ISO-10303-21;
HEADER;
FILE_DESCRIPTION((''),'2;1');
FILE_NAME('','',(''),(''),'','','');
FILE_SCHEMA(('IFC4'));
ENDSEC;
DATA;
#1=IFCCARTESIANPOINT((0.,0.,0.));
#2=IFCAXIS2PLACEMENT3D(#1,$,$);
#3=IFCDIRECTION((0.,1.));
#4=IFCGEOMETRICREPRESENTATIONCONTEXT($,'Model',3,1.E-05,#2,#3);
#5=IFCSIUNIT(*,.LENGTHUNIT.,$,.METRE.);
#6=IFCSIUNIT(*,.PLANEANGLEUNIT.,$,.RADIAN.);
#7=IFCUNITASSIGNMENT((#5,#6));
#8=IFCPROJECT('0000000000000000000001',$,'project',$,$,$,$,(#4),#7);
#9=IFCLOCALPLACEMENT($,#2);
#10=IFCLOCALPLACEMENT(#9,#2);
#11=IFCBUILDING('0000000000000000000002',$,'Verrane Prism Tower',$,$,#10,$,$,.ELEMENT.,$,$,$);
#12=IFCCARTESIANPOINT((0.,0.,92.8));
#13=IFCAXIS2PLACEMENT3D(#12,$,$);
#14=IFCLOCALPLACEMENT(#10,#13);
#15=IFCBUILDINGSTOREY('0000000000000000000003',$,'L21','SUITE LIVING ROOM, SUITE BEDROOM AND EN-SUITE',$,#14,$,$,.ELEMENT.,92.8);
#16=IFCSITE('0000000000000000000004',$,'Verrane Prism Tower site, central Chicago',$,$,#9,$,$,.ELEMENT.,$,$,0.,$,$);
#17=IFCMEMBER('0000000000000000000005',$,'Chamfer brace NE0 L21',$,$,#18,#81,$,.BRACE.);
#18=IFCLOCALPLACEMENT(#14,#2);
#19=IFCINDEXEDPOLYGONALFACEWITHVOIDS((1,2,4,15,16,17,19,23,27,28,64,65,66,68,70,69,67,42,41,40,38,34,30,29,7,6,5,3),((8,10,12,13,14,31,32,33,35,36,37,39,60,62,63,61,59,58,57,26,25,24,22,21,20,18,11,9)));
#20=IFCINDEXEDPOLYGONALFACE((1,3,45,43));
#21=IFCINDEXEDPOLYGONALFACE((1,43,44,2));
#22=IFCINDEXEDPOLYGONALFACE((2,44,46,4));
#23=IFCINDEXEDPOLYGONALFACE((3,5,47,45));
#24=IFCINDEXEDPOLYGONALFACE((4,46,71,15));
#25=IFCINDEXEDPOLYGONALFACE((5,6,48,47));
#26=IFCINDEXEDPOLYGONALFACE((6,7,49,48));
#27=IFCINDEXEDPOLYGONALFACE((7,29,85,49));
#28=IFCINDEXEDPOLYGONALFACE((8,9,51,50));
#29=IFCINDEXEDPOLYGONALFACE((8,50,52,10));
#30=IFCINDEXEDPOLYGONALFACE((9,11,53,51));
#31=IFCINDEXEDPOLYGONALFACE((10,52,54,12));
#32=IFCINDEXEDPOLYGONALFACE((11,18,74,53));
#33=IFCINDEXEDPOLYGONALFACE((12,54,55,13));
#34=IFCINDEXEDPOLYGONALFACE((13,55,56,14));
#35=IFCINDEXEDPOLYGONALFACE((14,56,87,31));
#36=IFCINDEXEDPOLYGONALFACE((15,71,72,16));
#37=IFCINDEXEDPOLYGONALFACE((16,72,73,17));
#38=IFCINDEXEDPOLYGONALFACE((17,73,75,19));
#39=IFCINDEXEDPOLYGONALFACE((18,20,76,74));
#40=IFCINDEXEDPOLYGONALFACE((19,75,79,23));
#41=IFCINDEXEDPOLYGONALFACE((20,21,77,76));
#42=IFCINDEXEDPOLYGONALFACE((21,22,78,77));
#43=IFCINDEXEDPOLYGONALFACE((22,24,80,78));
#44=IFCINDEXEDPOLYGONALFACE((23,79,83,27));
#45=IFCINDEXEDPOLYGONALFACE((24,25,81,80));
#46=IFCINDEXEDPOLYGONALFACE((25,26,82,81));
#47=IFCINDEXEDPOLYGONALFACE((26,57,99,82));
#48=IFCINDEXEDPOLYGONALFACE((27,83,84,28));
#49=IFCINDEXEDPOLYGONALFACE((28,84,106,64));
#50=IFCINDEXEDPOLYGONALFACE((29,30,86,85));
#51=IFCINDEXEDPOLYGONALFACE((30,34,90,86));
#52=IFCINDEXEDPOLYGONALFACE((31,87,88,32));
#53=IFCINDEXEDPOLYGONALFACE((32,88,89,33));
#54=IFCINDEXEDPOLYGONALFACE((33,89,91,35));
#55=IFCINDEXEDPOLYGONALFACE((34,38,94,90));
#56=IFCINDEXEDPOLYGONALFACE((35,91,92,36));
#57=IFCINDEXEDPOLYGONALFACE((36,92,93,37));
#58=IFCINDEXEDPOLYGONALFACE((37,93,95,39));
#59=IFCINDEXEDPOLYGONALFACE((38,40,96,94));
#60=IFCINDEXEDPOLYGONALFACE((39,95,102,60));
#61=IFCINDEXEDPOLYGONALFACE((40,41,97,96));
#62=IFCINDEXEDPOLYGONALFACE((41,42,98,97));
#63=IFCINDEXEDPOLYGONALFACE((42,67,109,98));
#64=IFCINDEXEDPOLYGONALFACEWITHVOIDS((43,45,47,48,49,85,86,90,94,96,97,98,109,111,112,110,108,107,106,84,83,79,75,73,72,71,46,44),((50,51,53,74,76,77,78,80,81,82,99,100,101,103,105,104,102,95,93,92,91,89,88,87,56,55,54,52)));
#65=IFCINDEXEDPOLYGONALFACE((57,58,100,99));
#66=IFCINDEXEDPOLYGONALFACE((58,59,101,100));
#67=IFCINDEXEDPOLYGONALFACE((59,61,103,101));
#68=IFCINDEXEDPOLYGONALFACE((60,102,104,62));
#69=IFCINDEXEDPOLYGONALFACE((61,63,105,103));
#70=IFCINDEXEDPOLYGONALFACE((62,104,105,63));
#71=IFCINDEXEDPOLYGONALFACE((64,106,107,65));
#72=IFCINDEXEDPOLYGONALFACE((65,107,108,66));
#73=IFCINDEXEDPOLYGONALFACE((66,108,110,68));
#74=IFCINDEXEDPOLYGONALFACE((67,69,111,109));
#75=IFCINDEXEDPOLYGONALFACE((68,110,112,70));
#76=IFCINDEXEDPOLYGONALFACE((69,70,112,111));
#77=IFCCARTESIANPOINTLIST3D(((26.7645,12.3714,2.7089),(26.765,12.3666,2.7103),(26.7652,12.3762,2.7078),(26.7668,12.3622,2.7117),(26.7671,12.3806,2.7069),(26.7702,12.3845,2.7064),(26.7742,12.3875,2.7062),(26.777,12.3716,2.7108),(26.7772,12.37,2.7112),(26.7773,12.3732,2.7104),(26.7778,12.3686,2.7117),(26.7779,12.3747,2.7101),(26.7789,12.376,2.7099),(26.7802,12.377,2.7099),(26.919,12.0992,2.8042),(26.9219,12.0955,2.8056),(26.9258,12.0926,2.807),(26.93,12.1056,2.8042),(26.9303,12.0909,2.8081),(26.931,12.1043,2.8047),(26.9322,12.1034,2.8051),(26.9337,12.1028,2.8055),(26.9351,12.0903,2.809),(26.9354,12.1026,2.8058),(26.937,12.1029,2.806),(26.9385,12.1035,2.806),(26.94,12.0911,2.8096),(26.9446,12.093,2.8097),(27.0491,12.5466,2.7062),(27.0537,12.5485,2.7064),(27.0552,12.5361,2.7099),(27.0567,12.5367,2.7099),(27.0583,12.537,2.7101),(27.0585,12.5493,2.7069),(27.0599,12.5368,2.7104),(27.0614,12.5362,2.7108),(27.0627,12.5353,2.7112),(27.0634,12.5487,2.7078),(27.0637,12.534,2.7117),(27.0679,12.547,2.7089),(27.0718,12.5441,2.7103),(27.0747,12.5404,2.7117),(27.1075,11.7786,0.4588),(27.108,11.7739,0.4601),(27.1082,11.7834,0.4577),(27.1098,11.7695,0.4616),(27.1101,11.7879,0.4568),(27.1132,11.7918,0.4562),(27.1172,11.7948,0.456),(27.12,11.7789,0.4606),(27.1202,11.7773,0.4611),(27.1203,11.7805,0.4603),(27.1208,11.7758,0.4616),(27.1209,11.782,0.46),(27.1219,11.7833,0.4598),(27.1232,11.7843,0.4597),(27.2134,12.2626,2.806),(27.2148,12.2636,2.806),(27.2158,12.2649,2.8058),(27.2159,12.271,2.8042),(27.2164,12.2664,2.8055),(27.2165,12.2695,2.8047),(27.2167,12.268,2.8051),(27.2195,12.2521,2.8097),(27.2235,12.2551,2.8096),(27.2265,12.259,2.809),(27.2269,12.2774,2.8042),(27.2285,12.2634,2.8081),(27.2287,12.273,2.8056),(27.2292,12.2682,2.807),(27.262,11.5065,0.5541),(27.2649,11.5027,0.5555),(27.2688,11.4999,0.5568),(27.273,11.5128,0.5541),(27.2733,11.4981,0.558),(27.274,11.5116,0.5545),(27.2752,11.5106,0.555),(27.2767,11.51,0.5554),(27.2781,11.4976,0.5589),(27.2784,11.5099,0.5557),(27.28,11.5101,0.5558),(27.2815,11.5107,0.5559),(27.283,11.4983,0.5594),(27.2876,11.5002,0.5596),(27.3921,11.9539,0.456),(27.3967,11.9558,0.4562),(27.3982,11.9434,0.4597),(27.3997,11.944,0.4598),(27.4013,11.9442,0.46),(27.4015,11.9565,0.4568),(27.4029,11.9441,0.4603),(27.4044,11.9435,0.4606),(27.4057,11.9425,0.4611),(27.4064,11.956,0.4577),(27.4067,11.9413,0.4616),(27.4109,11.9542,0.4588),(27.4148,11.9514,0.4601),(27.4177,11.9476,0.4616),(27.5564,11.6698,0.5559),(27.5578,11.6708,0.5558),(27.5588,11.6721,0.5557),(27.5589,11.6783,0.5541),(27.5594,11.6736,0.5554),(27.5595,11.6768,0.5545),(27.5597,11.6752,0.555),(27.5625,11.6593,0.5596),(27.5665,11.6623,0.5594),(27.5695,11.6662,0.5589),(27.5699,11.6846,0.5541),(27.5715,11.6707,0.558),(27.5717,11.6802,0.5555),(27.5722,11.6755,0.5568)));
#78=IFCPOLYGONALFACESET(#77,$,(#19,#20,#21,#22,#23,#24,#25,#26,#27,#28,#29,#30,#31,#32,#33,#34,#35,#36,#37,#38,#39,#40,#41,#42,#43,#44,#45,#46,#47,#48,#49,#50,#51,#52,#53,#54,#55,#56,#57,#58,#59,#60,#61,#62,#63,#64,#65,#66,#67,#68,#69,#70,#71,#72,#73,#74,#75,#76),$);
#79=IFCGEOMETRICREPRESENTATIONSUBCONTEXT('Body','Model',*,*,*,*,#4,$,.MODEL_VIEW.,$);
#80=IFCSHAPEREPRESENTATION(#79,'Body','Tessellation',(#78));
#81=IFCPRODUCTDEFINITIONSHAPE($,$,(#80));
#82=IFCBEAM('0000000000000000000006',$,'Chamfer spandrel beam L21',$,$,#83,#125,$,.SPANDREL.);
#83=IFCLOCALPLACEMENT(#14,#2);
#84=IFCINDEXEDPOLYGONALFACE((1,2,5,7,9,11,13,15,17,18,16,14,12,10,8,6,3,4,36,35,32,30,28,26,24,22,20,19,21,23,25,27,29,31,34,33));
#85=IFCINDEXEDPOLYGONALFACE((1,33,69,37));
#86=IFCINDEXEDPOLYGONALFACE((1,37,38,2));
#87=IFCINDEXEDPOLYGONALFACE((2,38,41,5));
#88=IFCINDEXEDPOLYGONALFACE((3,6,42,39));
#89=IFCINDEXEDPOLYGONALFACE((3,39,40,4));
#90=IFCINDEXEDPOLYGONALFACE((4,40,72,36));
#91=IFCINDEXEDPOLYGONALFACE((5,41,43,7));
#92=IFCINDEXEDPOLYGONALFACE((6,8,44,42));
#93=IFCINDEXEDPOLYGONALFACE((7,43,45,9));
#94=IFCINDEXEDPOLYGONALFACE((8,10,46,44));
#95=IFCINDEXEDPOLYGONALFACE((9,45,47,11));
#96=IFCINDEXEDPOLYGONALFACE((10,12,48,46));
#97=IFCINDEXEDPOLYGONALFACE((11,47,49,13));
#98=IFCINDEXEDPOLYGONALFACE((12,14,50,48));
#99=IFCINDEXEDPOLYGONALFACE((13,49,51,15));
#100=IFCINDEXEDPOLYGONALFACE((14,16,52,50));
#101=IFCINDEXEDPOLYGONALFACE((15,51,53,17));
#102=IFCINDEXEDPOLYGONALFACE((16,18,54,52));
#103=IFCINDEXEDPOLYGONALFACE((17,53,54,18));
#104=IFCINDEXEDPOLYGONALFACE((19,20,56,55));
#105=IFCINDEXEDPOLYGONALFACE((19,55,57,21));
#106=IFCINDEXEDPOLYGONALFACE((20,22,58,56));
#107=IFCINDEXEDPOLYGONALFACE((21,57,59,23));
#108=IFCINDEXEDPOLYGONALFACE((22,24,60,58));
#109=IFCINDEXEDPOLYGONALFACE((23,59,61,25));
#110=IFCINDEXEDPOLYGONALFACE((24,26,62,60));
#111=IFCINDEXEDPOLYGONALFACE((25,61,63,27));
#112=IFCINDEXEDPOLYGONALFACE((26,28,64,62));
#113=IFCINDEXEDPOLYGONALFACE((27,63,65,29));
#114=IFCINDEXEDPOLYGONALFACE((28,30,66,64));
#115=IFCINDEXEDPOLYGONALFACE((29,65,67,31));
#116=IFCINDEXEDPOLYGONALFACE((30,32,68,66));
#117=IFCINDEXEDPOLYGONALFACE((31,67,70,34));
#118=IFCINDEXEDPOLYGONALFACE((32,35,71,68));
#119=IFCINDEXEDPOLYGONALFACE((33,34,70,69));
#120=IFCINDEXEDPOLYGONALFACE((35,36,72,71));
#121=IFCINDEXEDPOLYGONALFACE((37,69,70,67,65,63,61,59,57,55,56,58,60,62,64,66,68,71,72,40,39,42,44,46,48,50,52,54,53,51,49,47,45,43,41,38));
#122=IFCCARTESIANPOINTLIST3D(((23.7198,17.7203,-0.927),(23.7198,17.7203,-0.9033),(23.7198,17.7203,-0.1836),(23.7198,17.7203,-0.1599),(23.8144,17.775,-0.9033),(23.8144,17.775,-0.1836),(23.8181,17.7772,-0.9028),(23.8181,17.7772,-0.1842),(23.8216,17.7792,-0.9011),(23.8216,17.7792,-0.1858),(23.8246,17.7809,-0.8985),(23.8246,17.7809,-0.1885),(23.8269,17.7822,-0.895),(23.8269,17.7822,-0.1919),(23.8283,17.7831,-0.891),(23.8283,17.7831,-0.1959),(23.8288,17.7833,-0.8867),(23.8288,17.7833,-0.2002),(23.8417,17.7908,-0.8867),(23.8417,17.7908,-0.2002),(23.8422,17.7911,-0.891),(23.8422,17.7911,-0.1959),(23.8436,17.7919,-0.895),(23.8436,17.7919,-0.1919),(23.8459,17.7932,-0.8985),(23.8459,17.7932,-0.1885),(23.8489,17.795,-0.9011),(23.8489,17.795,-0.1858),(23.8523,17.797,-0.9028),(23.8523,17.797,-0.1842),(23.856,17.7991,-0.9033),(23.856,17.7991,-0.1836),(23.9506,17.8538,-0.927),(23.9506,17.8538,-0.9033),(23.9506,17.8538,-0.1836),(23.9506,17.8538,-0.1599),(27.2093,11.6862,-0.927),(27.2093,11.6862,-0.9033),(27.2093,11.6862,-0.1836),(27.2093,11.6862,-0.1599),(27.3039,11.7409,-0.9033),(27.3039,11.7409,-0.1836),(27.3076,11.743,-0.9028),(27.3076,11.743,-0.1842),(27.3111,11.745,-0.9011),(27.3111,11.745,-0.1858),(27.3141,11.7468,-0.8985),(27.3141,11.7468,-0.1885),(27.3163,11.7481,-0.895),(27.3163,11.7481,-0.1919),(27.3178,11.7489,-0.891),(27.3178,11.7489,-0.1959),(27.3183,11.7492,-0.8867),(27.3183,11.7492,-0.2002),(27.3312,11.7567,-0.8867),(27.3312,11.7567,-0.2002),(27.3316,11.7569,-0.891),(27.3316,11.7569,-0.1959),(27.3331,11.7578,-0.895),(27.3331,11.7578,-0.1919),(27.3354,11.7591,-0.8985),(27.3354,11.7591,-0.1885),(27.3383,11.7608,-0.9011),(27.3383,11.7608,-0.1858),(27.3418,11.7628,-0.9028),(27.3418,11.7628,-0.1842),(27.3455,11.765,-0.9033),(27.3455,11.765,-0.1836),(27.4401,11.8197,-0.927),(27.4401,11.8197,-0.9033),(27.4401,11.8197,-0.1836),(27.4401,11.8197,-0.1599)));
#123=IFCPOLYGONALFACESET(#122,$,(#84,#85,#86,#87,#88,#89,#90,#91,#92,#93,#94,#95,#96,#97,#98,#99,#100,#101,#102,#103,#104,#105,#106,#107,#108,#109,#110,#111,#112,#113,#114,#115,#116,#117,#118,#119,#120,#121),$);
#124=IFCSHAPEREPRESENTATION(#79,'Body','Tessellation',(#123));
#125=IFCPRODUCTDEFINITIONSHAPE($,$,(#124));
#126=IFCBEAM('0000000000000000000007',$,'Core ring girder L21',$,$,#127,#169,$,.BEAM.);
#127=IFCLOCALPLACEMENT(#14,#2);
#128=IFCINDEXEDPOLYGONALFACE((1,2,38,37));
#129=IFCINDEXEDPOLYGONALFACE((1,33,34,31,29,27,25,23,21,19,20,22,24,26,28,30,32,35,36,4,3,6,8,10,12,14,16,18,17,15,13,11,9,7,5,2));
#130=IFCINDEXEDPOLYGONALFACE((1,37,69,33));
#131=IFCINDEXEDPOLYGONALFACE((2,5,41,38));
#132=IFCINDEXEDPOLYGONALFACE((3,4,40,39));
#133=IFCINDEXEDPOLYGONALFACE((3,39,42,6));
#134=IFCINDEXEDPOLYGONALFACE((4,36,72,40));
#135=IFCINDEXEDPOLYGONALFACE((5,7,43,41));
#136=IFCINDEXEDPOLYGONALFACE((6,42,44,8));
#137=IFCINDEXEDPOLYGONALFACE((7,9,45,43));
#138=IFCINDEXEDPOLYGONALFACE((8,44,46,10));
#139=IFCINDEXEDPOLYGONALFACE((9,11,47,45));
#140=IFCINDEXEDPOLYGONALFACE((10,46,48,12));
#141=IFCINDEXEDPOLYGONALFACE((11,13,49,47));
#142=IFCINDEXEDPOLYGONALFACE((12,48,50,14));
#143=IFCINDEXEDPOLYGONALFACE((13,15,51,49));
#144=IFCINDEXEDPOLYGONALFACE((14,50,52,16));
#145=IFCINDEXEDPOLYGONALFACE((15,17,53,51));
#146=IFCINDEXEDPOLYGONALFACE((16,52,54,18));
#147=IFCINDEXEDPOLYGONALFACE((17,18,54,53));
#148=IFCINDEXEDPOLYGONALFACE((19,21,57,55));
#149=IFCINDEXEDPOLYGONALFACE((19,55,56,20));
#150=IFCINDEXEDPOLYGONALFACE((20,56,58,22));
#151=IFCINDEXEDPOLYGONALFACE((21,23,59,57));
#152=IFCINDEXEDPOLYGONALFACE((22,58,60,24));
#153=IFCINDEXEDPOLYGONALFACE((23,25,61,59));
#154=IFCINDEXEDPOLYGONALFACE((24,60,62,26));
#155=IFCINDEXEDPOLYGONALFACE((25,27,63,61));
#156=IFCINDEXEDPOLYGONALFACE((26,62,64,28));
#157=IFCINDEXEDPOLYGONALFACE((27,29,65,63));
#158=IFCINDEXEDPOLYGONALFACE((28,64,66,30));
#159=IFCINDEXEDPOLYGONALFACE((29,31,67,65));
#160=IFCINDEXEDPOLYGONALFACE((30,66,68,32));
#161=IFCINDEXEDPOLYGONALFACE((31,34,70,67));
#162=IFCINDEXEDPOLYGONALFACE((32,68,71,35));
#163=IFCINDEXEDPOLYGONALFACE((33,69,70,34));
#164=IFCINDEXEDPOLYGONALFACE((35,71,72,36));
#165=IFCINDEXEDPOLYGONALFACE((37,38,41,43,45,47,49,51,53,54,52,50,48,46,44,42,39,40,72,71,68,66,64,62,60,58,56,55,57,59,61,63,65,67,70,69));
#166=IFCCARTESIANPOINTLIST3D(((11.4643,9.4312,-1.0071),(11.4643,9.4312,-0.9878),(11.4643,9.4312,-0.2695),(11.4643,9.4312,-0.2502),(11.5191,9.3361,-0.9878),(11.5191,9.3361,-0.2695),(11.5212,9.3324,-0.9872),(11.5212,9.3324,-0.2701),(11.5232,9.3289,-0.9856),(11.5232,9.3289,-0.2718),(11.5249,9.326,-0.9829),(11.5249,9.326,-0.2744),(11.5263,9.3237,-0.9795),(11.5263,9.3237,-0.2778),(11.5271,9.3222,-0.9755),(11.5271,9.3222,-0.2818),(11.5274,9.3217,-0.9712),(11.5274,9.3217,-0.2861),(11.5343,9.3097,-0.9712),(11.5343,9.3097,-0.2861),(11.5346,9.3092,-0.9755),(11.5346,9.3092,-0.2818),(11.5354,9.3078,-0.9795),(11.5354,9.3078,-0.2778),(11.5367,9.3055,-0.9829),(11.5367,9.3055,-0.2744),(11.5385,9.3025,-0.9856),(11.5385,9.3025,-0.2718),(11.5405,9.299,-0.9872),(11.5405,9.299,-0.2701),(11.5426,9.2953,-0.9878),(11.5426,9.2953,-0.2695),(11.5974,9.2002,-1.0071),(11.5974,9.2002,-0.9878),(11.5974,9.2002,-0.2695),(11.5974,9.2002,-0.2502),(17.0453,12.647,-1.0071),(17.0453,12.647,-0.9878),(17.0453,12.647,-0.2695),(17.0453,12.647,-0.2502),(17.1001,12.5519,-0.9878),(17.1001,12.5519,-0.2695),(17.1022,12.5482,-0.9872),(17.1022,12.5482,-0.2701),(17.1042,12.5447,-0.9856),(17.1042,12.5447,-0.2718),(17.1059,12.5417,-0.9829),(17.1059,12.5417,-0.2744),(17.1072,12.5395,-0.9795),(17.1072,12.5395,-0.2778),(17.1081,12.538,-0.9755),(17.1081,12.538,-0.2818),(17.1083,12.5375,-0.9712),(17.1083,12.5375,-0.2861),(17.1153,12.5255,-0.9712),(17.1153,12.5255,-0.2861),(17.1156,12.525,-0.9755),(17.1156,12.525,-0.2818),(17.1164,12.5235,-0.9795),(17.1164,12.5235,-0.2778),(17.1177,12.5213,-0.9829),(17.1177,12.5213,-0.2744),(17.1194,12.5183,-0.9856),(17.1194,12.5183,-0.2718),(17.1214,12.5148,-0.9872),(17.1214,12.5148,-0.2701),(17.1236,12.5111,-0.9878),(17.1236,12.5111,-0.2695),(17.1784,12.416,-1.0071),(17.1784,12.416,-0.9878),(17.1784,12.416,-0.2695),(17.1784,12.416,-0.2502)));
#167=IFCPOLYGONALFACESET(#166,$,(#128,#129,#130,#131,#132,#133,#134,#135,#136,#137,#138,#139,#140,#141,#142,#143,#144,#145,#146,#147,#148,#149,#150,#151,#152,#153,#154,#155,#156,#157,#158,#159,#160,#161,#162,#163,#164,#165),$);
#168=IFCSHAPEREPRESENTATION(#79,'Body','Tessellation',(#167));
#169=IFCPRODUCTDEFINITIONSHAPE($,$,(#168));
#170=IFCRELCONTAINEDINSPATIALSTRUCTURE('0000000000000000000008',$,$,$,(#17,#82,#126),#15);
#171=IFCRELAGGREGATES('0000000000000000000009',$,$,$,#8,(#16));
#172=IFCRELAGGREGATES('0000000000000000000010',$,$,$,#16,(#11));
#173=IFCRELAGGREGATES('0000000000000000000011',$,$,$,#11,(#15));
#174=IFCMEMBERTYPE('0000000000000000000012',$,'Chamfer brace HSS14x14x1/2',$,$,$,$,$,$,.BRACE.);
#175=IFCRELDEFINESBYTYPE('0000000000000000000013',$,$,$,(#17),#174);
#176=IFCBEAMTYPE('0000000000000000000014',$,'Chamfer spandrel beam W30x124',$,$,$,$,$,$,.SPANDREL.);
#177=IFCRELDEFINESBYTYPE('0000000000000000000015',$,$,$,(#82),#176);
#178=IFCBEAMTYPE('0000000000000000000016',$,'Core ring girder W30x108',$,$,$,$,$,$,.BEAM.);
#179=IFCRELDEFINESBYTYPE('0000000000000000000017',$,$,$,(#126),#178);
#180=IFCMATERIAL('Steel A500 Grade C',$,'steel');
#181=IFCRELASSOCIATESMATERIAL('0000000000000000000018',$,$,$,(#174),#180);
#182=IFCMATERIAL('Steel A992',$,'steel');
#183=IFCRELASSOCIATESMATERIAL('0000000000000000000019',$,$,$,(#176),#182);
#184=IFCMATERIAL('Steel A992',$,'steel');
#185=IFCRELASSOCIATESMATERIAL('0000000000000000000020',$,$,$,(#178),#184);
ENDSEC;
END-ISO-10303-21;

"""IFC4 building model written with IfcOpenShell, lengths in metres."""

from ifc_helpers import new_model, si_unit, direction, frame, origin, origin_2d, place, context, subcontext, project, spatial, hollow_rectangle, i_section, extrude, material, material_profile, profile_set, type_object, element, save


model = new_model("IFC4")

# Units and contexts
model_context = context("Model", 3, precision=1e-05, world=origin(), true_north=direction((0.0, 1.0)))
body_context = subcontext(model_context, "Body", "Model", "MODEL_VIEW")
ifc_project = project(units=[si_unit("LENGTHUNIT", "METRE"), si_unit("PLANEANGLEUNIT", "RADIAN")], contexts=[model_context])

# Site, building, storey
site_placement = place(None, origin())
site = spatial("IfcSite", under=ifc_project, at=site_placement, Name="Verrane Prism Tower site, central Chicago", CompositionType="ELEMENT", RefElevation=0.0)
building_placement = place(site_placement, origin())
building = spatial("IfcBuilding", under=site, at=building_placement, Name="Verrane Prism Tower", CompositionType="ELEMENT")
storey_placement = place(building_placement, frame((0.0, 0.0, 92.8)))
storey = spatial("IfcBuildingStorey", under=building, at=storey_placement, Name="L21", Description="SUITE LIVING ROOM, SUITE BEDROOM AND EN-SUITE", CompositionType="ELEMENT", Elevation=92.8)

# Member
ifc_material_1 = material(Name="Steel A500 Grade C", Category="steel")
ifc_material_profile_1 = material_profile(ifc_material_1, hollow_rectangle(XDim=0.3557, YDim=0.3557, WallThickness=0.0127, InnerFilletRadius=0.0063, OuterFilletRadius=0.019, at=origin_2d()), Name="HSS14x14x1/2")
ifc_profile_set_1 = profile_set([ifc_material_profile_1], Name="Steel A500 Grade C")
member_type_1 = type_object("IfcMemberType", Name="Chamfer brace HSS14x14x1/2", PredefinedType="BRACE", material=ifc_profile_set_1)
member_1_placement = place(storey_placement, frame((27.3398, 11.7271, 0.5078), z_axis=(-0.145831, 0.252013, 0.956673), x_axis=(-0.865532, -0.500854, 0.0)))
element("IfcMember", 1, at=member_1_placement, inside=storey, type_object=member_type_1, Name="Chamfer brace NE0 L21", PredefinedType="BRACE", context=body_context, shape_type="SweptSolid", body=[
    extrude(hollow_rectangle(XDim=0.3557, YDim=0.3557, WallThickness=0.0127, InnerFilletRadius=0.0063, OuterFilletRadius=0.019, at=origin_2d()), origin(), (0.0, 0.0, 1.0), 2.3521),
])

# Beams
ifc_material_2 = material(Name="Steel A992", Category="steel")
ifc_material_profile_2 = material_profile(ifc_material_2, i_section(OverallWidth=0.2666, OverallDepth=0.7671, WebThickness=0.0149, FlangeThickness=0.0237, FilletRadius=0.0166, at=origin_2d()), Name="W30x124")
ifc_profile_set_2 = profile_set([ifc_material_profile_2], Name="Steel A992")
beam_type_1 = type_object("IfcBeamType", Name="Chamfer spandrel beam W30x124", PredefinedType="SPANDREL", material=ifc_profile_set_2)
beam_1_placement = place(storey_placement, frame((27.3247, 11.7529, -0.5435), z_axis=(-0.50061, 0.865673, 0.0), x_axis=(-0.865673, -0.50061, 0.0)))
element("IfcBeam", 2, at=beam_1_placement, inside=storey, type_object=beam_type_1, Name="Chamfer spandrel beam L21", PredefinedType="SPANDREL", context=body_context, shape_type="SweptSolid", body=[
    extrude(i_section(OverallWidth=0.2666, OverallDepth=0.7671, WebThickness=0.0149, FlangeThickness=0.0237, FilletRadius=0.0166, at=origin_2d()), origin(), (0.0, 0.0, 1.0), 6.9705),
])
ifc_material_3 = material(Name="Steel A992", Category="steel")
ifc_material_profile_3 = material_profile(ifc_material_3, i_section(OverallWidth=0.2666, OverallDepth=0.7568, WebThickness=0.0139, FlangeThickness=0.0193, FilletRadius=0.0166, at=origin_2d()), Name="W30x108")
ifc_profile_set_3 = profile_set([ifc_material_profile_3], Name="Steel A992")
beam_type_2 = type_object("IfcBeamType", Name="Core ring girder W30x108", PredefinedType="BEAM", material=ifc_profile_set_3)
beam_2_placement = place(storey_placement, frame((17.1118, 12.5315, -0.6287), z_axis=(-0.866456, -0.499254, 0.0), x_axis=(0.499254, -0.866456, 0.0)))
element("IfcBeam", 3, at=beam_2_placement, inside=storey, type_object=beam_type_2, Name="Core ring girder L21", PredefinedType="BEAM", context=body_context, shape_type="SweptSolid", body=[
    extrude(i_section(OverallWidth=0.2666, OverallDepth=0.7568, WebThickness=0.0139, FlangeThickness=0.0193, FilletRadius=0.0166, at=origin_2d()), origin(), (0.0, 0.0, 1.0), 6.4412),
])

save(model, "model.ifc")
